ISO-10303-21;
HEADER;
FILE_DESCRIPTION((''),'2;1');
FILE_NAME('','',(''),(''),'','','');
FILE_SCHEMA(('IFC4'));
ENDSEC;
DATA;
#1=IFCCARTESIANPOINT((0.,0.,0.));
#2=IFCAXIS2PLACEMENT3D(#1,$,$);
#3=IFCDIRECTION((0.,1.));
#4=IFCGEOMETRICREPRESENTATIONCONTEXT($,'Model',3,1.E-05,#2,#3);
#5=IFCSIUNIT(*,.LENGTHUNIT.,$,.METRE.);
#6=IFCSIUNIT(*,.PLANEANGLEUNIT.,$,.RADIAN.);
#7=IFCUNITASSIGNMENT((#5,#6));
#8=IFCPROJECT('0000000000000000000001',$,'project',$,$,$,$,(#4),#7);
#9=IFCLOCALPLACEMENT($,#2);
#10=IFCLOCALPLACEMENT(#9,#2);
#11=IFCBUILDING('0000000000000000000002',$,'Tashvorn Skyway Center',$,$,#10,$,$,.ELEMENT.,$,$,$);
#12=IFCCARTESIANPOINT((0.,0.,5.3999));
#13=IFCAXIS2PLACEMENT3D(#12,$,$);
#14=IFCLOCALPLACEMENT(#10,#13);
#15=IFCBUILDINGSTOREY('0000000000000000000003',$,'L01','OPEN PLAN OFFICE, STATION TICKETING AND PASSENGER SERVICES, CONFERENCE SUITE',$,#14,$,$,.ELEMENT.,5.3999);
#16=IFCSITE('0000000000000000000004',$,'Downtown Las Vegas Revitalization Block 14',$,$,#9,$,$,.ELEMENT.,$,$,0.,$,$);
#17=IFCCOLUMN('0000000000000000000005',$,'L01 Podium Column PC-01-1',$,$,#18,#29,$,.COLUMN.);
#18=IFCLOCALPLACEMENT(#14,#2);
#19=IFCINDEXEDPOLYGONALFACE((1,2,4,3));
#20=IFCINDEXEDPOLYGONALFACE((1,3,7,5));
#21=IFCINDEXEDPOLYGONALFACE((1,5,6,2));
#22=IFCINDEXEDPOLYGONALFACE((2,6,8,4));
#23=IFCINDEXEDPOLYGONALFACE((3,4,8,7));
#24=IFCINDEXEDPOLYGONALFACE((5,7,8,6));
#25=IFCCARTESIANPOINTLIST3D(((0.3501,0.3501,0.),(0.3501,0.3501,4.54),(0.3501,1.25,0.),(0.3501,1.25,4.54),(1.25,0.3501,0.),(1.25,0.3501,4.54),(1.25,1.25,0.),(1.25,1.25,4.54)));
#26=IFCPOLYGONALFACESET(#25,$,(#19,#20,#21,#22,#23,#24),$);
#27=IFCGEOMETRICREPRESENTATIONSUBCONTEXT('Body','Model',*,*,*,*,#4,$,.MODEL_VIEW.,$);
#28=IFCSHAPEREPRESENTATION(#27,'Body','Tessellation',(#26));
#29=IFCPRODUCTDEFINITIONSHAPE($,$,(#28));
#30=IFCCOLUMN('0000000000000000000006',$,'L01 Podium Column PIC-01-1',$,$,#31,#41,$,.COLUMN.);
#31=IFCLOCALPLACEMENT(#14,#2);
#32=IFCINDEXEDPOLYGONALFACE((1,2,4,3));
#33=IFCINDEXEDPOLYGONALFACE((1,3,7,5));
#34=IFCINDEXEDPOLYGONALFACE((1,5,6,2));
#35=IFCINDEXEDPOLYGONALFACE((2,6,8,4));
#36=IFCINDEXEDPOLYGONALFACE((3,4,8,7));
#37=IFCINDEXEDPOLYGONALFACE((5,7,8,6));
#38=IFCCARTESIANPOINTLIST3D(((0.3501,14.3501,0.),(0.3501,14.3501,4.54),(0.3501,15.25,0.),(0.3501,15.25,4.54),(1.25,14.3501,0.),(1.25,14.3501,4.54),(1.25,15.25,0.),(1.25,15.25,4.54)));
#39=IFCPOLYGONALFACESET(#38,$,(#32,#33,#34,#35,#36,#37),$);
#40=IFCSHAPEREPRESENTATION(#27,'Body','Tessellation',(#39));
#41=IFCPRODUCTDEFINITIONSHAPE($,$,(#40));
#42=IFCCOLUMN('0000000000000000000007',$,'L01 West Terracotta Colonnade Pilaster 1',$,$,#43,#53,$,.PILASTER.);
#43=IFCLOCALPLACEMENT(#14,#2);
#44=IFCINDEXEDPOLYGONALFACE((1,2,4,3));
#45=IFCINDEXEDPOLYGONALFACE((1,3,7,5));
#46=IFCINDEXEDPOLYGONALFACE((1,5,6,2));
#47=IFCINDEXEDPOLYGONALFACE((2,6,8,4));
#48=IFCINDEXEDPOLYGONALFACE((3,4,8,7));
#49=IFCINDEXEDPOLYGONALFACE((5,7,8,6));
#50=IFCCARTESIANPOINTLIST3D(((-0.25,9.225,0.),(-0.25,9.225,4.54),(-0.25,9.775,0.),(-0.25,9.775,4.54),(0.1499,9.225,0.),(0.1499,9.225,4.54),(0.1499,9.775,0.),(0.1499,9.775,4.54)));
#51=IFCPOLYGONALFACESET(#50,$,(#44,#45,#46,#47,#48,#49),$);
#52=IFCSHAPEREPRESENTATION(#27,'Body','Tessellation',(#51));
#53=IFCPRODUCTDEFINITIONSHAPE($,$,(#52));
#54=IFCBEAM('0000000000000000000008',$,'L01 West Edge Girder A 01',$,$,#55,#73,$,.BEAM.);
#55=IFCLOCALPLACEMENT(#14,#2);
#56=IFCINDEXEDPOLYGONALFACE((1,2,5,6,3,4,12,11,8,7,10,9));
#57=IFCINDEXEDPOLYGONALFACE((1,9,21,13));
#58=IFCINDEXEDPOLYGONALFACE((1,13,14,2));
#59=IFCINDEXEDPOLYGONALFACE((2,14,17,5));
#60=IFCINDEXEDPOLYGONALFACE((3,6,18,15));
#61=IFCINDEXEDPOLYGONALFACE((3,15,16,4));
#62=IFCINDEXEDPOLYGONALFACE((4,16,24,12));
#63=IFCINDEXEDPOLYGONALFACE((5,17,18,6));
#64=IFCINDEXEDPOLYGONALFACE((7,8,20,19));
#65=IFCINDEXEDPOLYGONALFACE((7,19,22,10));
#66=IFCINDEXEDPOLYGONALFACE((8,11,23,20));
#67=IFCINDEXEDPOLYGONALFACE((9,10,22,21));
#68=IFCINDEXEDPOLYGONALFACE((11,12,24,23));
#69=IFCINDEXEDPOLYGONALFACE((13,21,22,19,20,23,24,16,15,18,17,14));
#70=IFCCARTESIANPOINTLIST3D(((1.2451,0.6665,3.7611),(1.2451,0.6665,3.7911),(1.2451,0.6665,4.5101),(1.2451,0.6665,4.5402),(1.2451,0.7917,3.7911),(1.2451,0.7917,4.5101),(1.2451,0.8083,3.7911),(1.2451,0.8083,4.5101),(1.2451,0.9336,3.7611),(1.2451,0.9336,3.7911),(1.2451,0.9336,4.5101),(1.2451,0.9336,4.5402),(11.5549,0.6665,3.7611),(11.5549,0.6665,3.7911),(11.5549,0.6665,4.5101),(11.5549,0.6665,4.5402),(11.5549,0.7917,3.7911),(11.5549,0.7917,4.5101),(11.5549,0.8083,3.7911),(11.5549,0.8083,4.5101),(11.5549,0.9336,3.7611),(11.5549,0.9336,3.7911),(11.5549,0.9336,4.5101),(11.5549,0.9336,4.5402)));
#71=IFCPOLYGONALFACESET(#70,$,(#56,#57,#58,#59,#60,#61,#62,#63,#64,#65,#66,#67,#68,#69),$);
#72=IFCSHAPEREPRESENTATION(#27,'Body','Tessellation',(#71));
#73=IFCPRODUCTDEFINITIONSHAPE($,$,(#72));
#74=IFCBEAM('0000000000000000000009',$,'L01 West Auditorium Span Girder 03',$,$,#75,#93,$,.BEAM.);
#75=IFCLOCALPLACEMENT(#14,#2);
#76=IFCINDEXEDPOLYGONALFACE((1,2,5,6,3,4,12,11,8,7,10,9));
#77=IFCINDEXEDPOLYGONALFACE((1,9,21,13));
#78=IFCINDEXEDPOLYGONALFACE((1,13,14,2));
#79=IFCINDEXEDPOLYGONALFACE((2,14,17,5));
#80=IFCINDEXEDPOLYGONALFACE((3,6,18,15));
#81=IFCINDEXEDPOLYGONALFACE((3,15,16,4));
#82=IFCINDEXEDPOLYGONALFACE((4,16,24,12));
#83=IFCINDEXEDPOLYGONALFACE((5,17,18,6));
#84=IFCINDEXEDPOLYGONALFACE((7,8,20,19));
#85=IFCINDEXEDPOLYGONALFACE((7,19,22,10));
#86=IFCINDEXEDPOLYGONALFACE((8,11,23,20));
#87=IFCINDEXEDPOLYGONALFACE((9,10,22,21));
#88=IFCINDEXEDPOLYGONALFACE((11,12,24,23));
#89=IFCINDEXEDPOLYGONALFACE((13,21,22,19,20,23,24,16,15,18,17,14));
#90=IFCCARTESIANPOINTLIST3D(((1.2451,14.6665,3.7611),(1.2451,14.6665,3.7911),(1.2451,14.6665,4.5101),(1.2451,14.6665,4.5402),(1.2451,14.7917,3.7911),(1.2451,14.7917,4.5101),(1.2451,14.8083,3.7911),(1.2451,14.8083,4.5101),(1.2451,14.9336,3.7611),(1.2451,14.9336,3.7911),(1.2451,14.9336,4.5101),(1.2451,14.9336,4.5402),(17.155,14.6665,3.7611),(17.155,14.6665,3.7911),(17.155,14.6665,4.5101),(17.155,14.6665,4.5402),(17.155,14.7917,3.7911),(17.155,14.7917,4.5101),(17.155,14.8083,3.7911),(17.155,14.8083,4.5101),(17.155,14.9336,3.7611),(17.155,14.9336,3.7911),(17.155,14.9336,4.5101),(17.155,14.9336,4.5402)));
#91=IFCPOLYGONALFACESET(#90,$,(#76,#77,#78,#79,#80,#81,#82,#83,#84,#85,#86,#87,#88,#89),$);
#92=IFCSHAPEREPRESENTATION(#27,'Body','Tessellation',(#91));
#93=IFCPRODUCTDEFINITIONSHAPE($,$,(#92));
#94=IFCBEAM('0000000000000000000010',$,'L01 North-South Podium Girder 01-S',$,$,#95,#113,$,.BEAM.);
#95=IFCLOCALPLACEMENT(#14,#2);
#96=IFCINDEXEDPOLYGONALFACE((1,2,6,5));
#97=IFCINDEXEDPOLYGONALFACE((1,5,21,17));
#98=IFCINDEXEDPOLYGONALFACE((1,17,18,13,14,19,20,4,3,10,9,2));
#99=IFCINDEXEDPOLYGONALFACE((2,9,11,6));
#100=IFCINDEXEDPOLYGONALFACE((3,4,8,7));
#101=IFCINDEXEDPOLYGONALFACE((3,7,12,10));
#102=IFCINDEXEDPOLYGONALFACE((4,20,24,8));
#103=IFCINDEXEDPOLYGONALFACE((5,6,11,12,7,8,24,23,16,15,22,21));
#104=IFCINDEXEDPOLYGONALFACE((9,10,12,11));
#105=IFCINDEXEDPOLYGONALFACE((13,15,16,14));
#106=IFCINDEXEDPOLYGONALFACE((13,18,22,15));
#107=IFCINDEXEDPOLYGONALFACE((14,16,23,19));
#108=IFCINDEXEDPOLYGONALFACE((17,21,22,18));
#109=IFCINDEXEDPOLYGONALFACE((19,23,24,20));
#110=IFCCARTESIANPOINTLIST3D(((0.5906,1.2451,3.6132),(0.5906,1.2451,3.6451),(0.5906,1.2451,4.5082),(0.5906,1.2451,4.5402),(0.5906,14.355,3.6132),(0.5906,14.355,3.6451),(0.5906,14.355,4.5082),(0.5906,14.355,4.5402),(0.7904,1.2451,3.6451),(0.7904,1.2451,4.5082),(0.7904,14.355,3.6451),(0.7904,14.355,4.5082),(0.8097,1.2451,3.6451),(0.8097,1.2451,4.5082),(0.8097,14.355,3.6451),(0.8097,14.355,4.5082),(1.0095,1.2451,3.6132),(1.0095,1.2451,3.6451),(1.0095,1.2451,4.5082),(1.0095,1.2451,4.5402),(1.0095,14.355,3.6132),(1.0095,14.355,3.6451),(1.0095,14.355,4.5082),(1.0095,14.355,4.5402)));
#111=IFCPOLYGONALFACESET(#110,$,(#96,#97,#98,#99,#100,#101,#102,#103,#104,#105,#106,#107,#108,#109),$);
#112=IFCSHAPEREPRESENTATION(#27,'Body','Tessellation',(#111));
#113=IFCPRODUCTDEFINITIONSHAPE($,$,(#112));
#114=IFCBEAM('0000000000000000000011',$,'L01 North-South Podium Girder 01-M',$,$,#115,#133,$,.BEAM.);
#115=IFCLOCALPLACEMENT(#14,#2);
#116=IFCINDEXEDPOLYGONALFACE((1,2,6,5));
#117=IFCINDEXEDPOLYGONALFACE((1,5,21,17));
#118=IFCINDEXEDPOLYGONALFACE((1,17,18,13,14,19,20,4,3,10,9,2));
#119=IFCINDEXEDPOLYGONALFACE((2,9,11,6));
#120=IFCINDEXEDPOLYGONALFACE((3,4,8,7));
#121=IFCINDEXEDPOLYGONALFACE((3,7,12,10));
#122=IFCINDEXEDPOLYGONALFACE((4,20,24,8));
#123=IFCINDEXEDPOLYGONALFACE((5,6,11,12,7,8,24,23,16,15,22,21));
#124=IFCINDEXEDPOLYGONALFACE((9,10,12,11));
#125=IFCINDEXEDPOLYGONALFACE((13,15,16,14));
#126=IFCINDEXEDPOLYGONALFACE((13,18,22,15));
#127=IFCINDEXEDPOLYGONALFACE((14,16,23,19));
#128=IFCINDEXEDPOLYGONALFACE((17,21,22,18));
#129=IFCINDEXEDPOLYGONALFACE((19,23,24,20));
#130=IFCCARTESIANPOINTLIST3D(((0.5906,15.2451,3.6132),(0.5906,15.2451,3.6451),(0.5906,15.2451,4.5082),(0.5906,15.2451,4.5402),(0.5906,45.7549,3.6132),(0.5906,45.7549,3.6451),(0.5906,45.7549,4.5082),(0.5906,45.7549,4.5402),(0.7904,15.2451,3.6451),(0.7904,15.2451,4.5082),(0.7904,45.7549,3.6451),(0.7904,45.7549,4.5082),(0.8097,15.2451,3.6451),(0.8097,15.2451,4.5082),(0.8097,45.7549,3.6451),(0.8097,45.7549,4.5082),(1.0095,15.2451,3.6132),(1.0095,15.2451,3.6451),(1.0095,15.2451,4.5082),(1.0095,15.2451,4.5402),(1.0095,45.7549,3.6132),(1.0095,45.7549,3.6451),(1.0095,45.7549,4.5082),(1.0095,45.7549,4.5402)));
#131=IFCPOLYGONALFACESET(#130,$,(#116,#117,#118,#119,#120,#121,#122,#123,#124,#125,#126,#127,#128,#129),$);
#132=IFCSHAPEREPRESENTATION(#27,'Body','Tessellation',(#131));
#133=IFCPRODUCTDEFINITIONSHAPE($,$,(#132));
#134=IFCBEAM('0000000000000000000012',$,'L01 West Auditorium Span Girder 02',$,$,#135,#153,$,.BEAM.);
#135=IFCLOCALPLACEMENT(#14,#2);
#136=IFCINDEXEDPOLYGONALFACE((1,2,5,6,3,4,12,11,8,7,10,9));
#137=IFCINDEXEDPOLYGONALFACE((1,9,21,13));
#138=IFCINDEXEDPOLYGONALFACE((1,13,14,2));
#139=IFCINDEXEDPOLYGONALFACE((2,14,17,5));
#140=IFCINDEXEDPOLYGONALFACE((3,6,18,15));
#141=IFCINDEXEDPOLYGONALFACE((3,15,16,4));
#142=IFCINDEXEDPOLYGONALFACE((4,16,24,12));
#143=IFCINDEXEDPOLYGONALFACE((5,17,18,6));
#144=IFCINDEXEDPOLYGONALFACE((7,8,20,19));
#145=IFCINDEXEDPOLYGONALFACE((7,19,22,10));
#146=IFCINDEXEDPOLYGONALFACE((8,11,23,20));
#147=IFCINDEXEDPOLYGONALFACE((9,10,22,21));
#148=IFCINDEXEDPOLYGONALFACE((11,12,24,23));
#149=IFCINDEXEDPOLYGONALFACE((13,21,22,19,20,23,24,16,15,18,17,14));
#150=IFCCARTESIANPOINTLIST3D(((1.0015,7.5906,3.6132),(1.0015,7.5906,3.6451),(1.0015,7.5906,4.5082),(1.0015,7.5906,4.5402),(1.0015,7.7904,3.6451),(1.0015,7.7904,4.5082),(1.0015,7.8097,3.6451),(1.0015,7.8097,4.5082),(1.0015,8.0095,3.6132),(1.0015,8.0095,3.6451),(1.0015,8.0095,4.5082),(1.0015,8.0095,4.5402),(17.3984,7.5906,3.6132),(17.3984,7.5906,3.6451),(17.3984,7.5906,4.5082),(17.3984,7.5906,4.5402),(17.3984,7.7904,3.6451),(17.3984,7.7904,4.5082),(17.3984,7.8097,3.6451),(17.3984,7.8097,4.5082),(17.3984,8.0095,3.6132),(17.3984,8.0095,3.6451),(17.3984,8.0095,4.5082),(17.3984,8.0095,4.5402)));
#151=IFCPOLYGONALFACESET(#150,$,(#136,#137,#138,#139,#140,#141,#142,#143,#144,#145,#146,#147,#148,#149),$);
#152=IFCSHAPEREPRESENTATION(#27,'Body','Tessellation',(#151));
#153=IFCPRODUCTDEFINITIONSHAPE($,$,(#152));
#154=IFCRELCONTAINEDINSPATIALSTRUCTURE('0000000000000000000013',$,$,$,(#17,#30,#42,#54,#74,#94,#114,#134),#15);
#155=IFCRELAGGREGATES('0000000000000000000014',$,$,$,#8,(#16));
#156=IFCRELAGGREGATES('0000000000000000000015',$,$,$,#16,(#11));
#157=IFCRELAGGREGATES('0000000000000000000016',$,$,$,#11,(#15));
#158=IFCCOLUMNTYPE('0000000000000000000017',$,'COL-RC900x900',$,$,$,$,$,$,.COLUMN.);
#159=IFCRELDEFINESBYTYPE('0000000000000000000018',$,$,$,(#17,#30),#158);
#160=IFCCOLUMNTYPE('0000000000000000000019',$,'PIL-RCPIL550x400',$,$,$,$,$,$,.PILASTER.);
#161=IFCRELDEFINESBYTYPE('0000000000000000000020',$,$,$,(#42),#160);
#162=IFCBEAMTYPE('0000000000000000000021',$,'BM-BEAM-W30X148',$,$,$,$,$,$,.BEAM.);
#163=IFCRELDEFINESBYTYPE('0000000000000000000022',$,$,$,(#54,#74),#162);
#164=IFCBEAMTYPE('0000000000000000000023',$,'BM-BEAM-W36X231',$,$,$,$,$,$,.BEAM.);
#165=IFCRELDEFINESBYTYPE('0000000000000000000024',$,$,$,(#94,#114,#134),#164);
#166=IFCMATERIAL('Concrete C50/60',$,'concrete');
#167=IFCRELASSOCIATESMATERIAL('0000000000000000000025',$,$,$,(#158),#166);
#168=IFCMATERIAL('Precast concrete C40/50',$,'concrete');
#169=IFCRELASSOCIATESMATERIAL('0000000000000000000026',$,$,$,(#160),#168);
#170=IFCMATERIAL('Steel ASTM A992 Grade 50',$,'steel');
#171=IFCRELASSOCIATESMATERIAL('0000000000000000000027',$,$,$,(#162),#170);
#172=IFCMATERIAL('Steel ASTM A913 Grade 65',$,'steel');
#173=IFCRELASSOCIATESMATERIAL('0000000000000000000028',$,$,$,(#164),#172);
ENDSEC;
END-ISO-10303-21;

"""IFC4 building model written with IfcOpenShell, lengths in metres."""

from ifc_helpers import new_model, si_unit, direction, frame, origin, origin_2d, place, context, subcontext, project, spatial, rectangle, i_section, extrude, material, material_profile, profile_set, type_object, element, save


model = new_model("IFC4")

# Units and contexts
model_context = context("Model", 3, precision=1e-05, world=origin(), true_north=direction((0.0, 1.0)))
body_context = subcontext(model_context, "Body", "Model", "MODEL_VIEW")
ifc_project = project(units=[si_unit("LENGTHUNIT", "METRE"), si_unit("PLANEANGLEUNIT", "RADIAN")], contexts=[model_context])

# Site, building, storey
site_placement = place(None, origin())
site = spatial("IfcSite", under=ifc_project, at=site_placement, Name="Downtown Las Vegas Revitalization Block 14", CompositionType="ELEMENT", RefElevation=0.0)
building_placement = place(site_placement, origin())
building = spatial("IfcBuilding", under=site, at=building_placement, Name="Tashvorn Skyway Center", CompositionType="ELEMENT")
storey_placement = place(building_placement, frame((0.0, 0.0, 5.3999)))
storey = spatial("IfcBuildingStorey", under=building, at=storey_placement, Name="L01", Description="OPEN PLAN OFFICE, STATION TICKETING AND PASSENGER SERVICES, CONFERENCE SUITE", CompositionType="ELEMENT", Elevation=5.3999)

# Columns
ifc_material_1 = material(Name="Concrete C50/60", Category="concrete")
ifc_material_profile_1 = material_profile(ifc_material_1, rectangle(XDim=0.8999, YDim=0.8999, at=origin_2d()), Name="RC900x900")
ifc_profile_set_1 = profile_set([ifc_material_profile_1], Name="Concrete C50/60")
column_type_1 = type_object("IfcColumnType", Name="COL-RC900x900", PredefinedType="COLUMN", material=ifc_profile_set_1)
for number, where, z_axis, x_axis, name in (
    (1, (0.8, 0.8, 0.0), (0.0, 0.0, 1.0), (1.0, 0.0, 0.0), "L01 Podium Column PC-01-1"),
    (2, (0.8, 14.8, 0.0), (0.0, 0.0, 1.0), (1.0, 0.0, 0.0), "L01 Podium Column PIC-01-1"),
):
    element("IfcColumn", number, at=place(storey_placement, frame(where, z_axis=z_axis, x_axis=x_axis)), inside=storey, type_object=column_type_1, Name=name, PredefinedType="COLUMN", context=body_context, shape_type="SweptSolid", body=[
        extrude(rectangle(XDim=0.8999, YDim=0.8999, at=origin_2d()), origin(), (0.0, 0.0, 1.0), 4.54),
    ])
ifc_material_2 = material(Name="Precast concrete C40/50", Category="concrete")
ifc_material_profile_2 = material_profile(ifc_material_2, rectangle(XDim=0.55, YDim=0.3999, at=origin_2d()), Name="RCPIL550x400")
ifc_profile_set_2 = profile_set([ifc_material_profile_2], Name="Precast concrete C40/50")
column_type_2 = type_object("IfcColumnType", Name="PIL-RCPIL550x400", PredefinedType="PILASTER", material=ifc_profile_set_2)
column_placement = place(storey_placement, frame((-0.05, 9.5, 0.0), z_axis=(0.0, 0.0, 1.0), x_axis=(0.0, 1.0, 0.0)))
element("IfcColumn", 3, at=column_placement, inside=storey, type_object=column_type_2, Name="L01 West Terracotta Colonnade Pilaster 1", PredefinedType="PILASTER", context=body_context, shape_type="SweptSolid", body=[
    extrude(rectangle(XDim=0.55, YDim=0.3999, at=origin_2d()), origin(), (0.0, 0.0, 1.0), 4.54),
])

# Beams
ifc_material_3 = material(Name="Steel ASTM A992 Grade 50", Category="steel")
ifc_material_profile_3 = material_profile(ifc_material_3, i_section(OverallWidth=0.2671, OverallDepth=0.7791, WebThickness=0.0166, FlangeThickness=0.03, at=origin_2d()), Name="W30X148")
ifc_profile_set_3 = profile_set([ifc_material_profile_3], Name="Steel ASTM A992 Grade 50")
beam_type_1 = type_object("IfcBeamType", Name="BM-BEAM-W30X148", PredefinedType="BEAM", material=ifc_profile_set_3)
beam_1_placement = place(storey_placement, frame((1.2451, 0.8, 4.1506), z_axis=(1.0, 0.0, 0.0), x_axis=(0.0, 1.0, 0.0)))
element("IfcBeam", 4, at=beam_1_placement, inside=storey, type_object=beam_type_1, Name="L01 West Edge Girder A 01", PredefinedType="BEAM", context=body_context, shape_type="SweptSolid", body=[
    extrude(i_section(OverallWidth=0.2671, OverallDepth=0.7791, WebThickness=0.0166, FlangeThickness=0.03, at=origin_2d()), origin(), (0.0, 0.0, 1.0), 10.3098),
])
beam_2_placement = place(storey_placement, frame((1.2451, 14.8, 4.1506), z_axis=(1.0, 0.0, 0.0), x_axis=(0.0, 1.0, 0.0)))
element("IfcBeam", 5, at=beam_2_placement, inside=storey, type_object=beam_type_1, Name="L01 West Auditorium Span Girder 03", PredefinedType="BEAM", context=body_context, shape_type="SweptSolid", body=[
    extrude(i_section(OverallWidth=0.2671, OverallDepth=0.7791, WebThickness=0.0166, FlangeThickness=0.03, at=origin_2d()), origin(), (0.0, 0.0, 1.0), 15.9099),
])
ifc_material_4 = material(Name="Steel ASTM A913 Grade 65", Category="steel")
ifc_material_profile_4 = material_profile(ifc_material_4, i_section(OverallWidth=0.4189, OverallDepth=0.927, WebThickness=0.0193, FlangeThickness=0.032, at=origin_2d()), Name="W36X231")
ifc_profile_set_4 = profile_set([ifc_material_profile_4], Name="Steel ASTM A913 Grade 65")
beam_type_2 = type_object("IfcBeamType", Name="BM-BEAM-W36X231", PredefinedType="BEAM", material=ifc_profile_set_4)
beam_3_placement = place(storey_placement, frame((0.8, 1.2451, 4.0767), z_axis=(0.0, 1.0, 0.0), x_axis=(-1.0, 0.0, 0.0)))
element("IfcBeam", 6, at=beam_3_placement, inside=storey, type_object=beam_type_2, Name="L01 North-South Podium Girder 01-S", PredefinedType="BEAM", context=body_context, shape_type="SweptSolid", body=[
    extrude(i_section(OverallWidth=0.4189, OverallDepth=0.927, WebThickness=0.0193, FlangeThickness=0.032, at=origin_2d()), origin(), (0.0, 0.0, 1.0), 13.1099),
])
beam_4_placement = place(storey_placement, frame((0.8, 15.2451, 4.0767), z_axis=(0.0, 1.0, 0.0), x_axis=(-1.0, 0.0, 0.0)))
element("IfcBeam", 7, at=beam_4_placement, inside=storey, type_object=beam_type_2, Name="L01 North-South Podium Girder 01-M", PredefinedType="BEAM", context=body_context, shape_type="SweptSolid", body=[
    extrude(i_section(OverallWidth=0.4189, OverallDepth=0.927, WebThickness=0.0193, FlangeThickness=0.032, at=origin_2d()), origin(), (0.0, 0.0, 1.0), 30.5098),
])
beam_5_placement = place(storey_placement, frame((1.0015, 7.8, 4.0767), z_axis=(1.0, 0.0, 0.0), x_axis=(0.0, 1.0, 0.0)))
element("IfcBeam", 8, at=beam_5_placement, inside=storey, type_object=beam_type_2, Name="L01 West Auditorium Span Girder 02", PredefinedType="BEAM", context=body_context, shape_type="SweptSolid", body=[
    extrude(i_section(OverallWidth=0.4189, OverallDepth=0.927, WebThickness=0.0193, FlangeThickness=0.032, at=origin_2d()), origin(), (0.0, 0.0, 1.0), 16.397),
])

save(model, "model.ifc")
